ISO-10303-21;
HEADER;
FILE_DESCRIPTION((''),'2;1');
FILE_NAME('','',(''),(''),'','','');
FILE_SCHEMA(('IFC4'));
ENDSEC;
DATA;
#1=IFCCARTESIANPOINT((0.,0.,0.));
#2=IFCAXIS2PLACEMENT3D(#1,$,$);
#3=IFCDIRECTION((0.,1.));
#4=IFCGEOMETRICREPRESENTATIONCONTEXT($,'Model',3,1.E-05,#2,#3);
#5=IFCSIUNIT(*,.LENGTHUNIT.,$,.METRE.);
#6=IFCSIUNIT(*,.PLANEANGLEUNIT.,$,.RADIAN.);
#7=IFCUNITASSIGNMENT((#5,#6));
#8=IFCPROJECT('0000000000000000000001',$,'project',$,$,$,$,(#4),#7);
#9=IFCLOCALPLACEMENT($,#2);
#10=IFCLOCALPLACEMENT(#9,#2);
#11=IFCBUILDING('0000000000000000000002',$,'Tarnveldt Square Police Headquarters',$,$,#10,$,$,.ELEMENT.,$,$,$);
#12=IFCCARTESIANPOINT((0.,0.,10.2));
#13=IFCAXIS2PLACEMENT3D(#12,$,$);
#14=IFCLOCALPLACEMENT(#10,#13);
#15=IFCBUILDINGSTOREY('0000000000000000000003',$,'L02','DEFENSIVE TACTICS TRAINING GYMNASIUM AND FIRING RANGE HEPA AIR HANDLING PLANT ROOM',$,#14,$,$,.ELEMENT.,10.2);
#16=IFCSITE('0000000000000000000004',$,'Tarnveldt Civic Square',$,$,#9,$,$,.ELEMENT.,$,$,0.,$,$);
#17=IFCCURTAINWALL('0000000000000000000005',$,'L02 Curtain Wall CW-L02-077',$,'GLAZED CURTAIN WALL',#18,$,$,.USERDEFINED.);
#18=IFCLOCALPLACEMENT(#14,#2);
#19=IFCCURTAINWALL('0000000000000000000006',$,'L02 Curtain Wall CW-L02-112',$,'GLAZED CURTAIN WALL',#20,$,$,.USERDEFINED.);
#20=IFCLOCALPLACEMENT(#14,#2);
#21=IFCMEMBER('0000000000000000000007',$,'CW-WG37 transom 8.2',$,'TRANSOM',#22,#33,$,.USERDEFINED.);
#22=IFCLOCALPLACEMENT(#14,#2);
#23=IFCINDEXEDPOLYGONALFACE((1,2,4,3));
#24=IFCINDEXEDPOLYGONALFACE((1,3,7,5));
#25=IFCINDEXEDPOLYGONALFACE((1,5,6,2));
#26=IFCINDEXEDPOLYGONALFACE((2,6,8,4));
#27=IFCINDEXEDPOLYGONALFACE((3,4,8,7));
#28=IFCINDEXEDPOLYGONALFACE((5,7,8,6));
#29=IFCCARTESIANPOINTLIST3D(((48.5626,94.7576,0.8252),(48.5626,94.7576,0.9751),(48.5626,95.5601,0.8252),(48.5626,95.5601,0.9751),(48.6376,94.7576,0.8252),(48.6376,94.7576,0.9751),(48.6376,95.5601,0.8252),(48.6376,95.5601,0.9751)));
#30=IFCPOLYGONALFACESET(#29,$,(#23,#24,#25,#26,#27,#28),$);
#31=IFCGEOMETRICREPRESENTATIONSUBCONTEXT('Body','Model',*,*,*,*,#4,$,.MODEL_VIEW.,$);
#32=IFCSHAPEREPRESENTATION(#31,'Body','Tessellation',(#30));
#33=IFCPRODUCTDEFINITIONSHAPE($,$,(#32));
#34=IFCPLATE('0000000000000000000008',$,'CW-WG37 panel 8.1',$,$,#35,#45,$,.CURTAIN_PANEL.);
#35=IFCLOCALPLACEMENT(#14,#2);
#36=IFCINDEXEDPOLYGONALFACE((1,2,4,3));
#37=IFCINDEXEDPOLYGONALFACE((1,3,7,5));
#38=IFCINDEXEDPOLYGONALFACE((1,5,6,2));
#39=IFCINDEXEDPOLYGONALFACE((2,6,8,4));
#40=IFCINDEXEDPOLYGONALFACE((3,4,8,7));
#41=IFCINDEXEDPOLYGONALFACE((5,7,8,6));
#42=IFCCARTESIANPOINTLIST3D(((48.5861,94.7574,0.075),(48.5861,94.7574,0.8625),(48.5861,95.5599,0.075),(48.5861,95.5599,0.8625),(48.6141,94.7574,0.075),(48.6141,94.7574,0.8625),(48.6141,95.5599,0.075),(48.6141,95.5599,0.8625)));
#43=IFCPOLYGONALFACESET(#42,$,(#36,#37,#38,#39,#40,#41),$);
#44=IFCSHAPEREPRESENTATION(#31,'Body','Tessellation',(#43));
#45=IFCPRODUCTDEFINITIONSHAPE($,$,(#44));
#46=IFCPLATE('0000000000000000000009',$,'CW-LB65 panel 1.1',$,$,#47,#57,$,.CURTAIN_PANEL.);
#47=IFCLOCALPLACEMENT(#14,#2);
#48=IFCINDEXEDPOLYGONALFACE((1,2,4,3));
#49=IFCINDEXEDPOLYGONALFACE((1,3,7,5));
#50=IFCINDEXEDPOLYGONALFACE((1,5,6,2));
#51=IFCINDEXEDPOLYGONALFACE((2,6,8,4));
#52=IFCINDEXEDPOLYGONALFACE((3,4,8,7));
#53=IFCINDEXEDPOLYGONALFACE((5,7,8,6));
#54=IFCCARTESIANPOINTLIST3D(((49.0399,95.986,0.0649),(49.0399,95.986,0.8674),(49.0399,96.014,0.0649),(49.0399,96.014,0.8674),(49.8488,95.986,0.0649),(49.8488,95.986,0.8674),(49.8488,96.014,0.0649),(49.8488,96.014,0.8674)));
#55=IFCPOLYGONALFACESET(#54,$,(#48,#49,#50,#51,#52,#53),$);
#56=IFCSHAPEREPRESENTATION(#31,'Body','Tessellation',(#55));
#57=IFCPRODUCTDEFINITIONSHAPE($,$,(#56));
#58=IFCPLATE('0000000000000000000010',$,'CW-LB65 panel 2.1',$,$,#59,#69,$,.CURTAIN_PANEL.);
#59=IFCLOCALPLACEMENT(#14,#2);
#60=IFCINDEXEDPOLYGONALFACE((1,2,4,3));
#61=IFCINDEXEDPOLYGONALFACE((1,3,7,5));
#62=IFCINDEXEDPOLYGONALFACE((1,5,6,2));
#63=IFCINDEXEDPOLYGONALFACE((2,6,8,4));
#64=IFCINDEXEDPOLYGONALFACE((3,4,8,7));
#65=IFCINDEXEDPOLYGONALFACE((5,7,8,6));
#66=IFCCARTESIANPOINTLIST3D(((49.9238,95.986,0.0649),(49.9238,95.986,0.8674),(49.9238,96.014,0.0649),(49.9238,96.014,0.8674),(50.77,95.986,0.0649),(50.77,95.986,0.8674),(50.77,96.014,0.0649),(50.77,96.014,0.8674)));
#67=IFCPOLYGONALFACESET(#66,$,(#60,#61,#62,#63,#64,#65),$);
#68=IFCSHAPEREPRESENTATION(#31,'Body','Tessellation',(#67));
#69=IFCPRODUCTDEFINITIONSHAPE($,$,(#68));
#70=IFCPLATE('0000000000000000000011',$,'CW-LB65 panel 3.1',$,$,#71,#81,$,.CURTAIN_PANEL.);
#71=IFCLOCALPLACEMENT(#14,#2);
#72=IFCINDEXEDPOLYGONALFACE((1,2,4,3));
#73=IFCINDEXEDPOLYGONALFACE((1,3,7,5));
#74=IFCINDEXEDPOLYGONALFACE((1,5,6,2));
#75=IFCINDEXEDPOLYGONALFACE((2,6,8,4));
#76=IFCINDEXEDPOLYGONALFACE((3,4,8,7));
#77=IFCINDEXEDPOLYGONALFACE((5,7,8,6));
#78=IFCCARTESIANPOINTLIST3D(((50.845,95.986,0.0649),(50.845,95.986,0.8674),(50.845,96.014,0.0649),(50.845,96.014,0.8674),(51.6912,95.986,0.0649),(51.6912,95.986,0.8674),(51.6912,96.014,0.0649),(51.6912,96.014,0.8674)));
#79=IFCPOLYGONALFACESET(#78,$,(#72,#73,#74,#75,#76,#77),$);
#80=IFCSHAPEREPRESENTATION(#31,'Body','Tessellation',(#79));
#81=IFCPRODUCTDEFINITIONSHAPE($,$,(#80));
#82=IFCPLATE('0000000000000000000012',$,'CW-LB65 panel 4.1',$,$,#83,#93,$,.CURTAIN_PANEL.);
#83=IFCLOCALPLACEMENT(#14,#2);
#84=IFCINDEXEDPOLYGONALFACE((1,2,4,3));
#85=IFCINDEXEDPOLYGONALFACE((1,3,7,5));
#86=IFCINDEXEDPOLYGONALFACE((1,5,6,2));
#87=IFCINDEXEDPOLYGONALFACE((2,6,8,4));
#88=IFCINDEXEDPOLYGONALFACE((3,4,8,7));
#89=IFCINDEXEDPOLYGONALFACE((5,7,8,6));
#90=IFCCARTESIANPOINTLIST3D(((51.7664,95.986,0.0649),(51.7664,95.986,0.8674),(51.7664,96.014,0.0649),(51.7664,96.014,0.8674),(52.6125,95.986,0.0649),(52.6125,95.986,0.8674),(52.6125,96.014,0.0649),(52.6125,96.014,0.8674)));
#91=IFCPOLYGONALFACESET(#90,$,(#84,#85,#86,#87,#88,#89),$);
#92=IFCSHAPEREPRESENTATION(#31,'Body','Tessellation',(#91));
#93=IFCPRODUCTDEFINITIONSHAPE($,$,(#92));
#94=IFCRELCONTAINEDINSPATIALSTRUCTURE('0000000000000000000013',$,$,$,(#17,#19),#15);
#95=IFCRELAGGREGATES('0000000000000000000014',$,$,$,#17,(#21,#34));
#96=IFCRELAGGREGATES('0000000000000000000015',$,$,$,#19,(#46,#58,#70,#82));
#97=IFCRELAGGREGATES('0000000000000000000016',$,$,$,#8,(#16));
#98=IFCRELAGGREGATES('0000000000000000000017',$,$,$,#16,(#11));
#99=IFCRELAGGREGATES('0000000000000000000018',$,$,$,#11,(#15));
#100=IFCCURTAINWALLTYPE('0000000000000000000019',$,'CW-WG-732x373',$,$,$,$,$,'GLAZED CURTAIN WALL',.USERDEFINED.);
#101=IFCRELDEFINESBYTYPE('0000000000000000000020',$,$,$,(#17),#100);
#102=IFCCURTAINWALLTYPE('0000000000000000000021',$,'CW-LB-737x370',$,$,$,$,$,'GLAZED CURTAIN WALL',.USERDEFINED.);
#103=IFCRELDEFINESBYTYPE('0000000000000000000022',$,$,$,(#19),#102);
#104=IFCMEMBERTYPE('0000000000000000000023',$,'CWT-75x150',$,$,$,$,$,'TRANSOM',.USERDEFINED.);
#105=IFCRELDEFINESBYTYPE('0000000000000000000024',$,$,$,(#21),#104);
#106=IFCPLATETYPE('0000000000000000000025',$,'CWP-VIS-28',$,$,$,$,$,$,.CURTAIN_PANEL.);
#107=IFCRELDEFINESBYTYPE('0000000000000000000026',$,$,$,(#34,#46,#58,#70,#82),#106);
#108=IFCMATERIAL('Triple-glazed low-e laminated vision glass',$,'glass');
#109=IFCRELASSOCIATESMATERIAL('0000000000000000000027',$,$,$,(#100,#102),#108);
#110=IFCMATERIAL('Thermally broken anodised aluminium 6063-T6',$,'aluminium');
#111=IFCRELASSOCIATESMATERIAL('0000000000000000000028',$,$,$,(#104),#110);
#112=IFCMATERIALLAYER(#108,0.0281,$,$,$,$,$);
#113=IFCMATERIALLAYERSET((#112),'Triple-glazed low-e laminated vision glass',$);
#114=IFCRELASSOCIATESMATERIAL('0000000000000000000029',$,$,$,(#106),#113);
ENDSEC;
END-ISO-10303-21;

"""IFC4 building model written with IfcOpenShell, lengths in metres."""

from ifc_helpers import new_model, si_unit, direction, frame, origin, origin_2d, place, context, subcontext, project, spatial, rectangle, extrude, material, layer, layer_set, material_profile, profile_set, type_object, element, aggregate, save


model = new_model("IFC4")

# Units and contexts
model_context = context("Model", 3, precision=1e-05, world=origin(), true_north=direction((0.0, 1.0)))
body_context = subcontext(model_context, "Body", "Model", "MODEL_VIEW")
ifc_project = project(units=[si_unit("LENGTHUNIT", "METRE"), si_unit("PLANEANGLEUNIT", "RADIAN")], contexts=[model_context])

# Site, building, storey
site_placement = place(None, origin())
site = spatial("IfcSite", under=ifc_project, at=site_placement, Name="Tarnveldt Civic Square", CompositionType="ELEMENT", RefElevation=0.0)
building_placement = place(site_placement, origin())
building = spatial("IfcBuilding", under=site, at=building_placement, Name="Tarnveldt Square Police Headquarters", CompositionType="ELEMENT")
storey_placement = place(building_placement, frame((0.0, 0.0, 10.2)))
storey = spatial("IfcBuildingStorey", under=building, at=storey_placement, Name="L02", Description="DEFENSIVE TACTICS TRAINING GYMNASIUM AND FIRING RANGE HEPA AIR HANDLING PLANT ROOM", CompositionType="ELEMENT", Elevation=10.2)

# Curtain wall
ifc_material_1 = material(Name="Triple-glazed low-e laminated vision glass", Category="glass")
curtain_wall_type_1 = type_object("IfcCurtainWallType", Name="CW-WG-732x373", ElementType="GLAZED CURTAIN WALL", PredefinedType="USERDEFINED", material=ifc_material_1)
curtain_wall_1_placement = place(storey_placement, origin())
curtain_wall_1 = element("IfcCurtainWall", 1, at=curtain_wall_1_placement, inside=storey, type_object=curtain_wall_type_1, Name="L02 Curtain Wall CW-L02-077", ObjectType="GLAZED CURTAIN WALL", PredefinedType="USERDEFINED")
ifc_material_2 = material(Name="Thermally broken anodised aluminium 6063-T6", Category="aluminium")

# Curtain wall
curtain_wall_type_2 = type_object("IfcCurtainWallType", Name="CW-LB-737x370", ElementType="GLAZED CURTAIN WALL", PredefinedType="USERDEFINED", material=ifc_material_1)
curtain_wall_2_placement = place(storey_placement, origin())
curtain_wall_2 = element("IfcCurtainWall", 2, at=curtain_wall_2_placement, inside=storey, type_object=curtain_wall_type_2, Name="L02 Curtain Wall CW-L02-112", ObjectType="GLAZED CURTAIN WALL", PredefinedType="USERDEFINED")

# Member
ifc_material_profile_1 = material_profile(ifc_material_2, rectangle(XDim=0.075, YDim=0.1499, at=origin_2d()), Name="CW-T75x150")
ifc_profile_set_1 = profile_set([ifc_material_profile_1], Name="Thermally broken anodised aluminium 6063-T6")
member_type_1 = type_object("IfcMemberType", Name="CWT-75x150", ElementType="TRANSOM", PredefinedType="USERDEFINED", material=ifc_profile_set_1)
member_1_placement = place(storey_placement, frame((48.6001, 94.7576, 0.9001), z_axis=(0.0, 1.0, 0.0), x_axis=(-1.0, 0.0, 0.0)))
member_1 = element("IfcMember", 3, at=member_1_placement, type_object=member_type_1, Name="CW-WG37 transom 8.2", ObjectType="TRANSOM", PredefinedType="USERDEFINED", context=body_context, shape_type="SweptSolid", body=[
    extrude(rectangle(XDim=0.075, YDim=0.1499, at=origin_2d()), origin(), (0.0, 0.0, 1.0), 0.8025),
])

# Plates
ifc_layer = layer(ifc_material_1, 0.0281)
ifc_layer_set = layer_set([ifc_layer], Name="Triple-glazed low-e laminated vision glass")
plate_type = type_object("IfcPlateType", Name="CWP-VIS-28", PredefinedType="CURTAIN_PANEL", material=ifc_layer_set)
plate_1_placement = place(storey_placement, frame((48.6001, 95.1587, 0.075), z_axis=(0.0, 0.0, 1.0), x_axis=(0.0, 1.0, 0.0)))
plate_1 = element("IfcPlate", 4, at=plate_1_placement, type_object=plate_type, Name="CW-WG37 panel 8.1", PredefinedType="CURTAIN_PANEL", context=body_context, shape_type="SweptSolid", body=[
    extrude(rectangle(XDim=0.8025, YDim=0.0281, at=origin_2d()), origin(), (0.0, 0.0, 1.0), 0.7876),
])
aggregate(curtain_wall_1, [member_1, plate_1])
plate_2_placement = place(storey_placement, frame((49.4443, 96.0, 0.0649), z_axis=(0.0, 0.0, 1.0), x_axis=(1.0, 0.0, 0.0)))
plate_2 = element("IfcPlate", 5, at=plate_2_placement, type_object=plate_type, Name="CW-LB65 panel 1.1", PredefinedType="CURTAIN_PANEL", context=body_context, shape_type="SweptSolid", body=[
    extrude(rectangle(XDim=0.8088, YDim=0.0281, at=origin_2d()), origin(), (0.0, 0.0, 1.0), 0.8025),
])
plate_3_placement = place(storey_placement, frame((50.3469, 96.0, 0.0649), z_axis=(0.0, 0.0, 1.0), x_axis=(1.0, 0.0, 0.0)))
plate_3 = element("IfcPlate", 6, at=plate_3_placement, type_object=plate_type, Name="CW-LB65 panel 2.1", PredefinedType="CURTAIN_PANEL", context=body_context, shape_type="SweptSolid", body=[
    extrude(rectangle(XDim=0.8462, YDim=0.0281, at=origin_2d()), origin(), (0.0, 0.0, 1.0), 0.8025),
])
plate_4_placement = place(storey_placement, frame((51.2681, 96.0, 0.0649), z_axis=(0.0, 0.0, 1.0), x_axis=(1.0, 0.0, 0.0)))
plate_4 = element("IfcPlate", 7, at=plate_4_placement, type_object=plate_type, Name="CW-LB65 panel 3.1", PredefinedType="CURTAIN_PANEL", context=body_context, shape_type="SweptSolid", body=[
    extrude(rectangle(XDim=0.8462, YDim=0.0281, at=origin_2d()), origin(), (0.0, 0.0, 1.0), 0.8025),
])
plate_5_placement = place(storey_placement, frame((52.1895, 96.0, 0.0649), z_axis=(0.0, 0.0, 1.0), x_axis=(1.0, 0.0, 0.0)))
plate_5 = element("IfcPlate", 8, at=plate_5_placement, type_object=plate_type, Name="CW-LB65 panel 4.1", PredefinedType="CURTAIN_PANEL", context=body_context, shape_type="SweptSolid", body=[
    extrude(rectangle(XDim=0.8462, YDim=0.0281, at=origin_2d()), origin(), (0.0, 0.0, 1.0), 0.8025),
])
aggregate(curtain_wall_2, [plate_2, plate_3, plate_4, plate_5])

save(model, "model.ifc")
